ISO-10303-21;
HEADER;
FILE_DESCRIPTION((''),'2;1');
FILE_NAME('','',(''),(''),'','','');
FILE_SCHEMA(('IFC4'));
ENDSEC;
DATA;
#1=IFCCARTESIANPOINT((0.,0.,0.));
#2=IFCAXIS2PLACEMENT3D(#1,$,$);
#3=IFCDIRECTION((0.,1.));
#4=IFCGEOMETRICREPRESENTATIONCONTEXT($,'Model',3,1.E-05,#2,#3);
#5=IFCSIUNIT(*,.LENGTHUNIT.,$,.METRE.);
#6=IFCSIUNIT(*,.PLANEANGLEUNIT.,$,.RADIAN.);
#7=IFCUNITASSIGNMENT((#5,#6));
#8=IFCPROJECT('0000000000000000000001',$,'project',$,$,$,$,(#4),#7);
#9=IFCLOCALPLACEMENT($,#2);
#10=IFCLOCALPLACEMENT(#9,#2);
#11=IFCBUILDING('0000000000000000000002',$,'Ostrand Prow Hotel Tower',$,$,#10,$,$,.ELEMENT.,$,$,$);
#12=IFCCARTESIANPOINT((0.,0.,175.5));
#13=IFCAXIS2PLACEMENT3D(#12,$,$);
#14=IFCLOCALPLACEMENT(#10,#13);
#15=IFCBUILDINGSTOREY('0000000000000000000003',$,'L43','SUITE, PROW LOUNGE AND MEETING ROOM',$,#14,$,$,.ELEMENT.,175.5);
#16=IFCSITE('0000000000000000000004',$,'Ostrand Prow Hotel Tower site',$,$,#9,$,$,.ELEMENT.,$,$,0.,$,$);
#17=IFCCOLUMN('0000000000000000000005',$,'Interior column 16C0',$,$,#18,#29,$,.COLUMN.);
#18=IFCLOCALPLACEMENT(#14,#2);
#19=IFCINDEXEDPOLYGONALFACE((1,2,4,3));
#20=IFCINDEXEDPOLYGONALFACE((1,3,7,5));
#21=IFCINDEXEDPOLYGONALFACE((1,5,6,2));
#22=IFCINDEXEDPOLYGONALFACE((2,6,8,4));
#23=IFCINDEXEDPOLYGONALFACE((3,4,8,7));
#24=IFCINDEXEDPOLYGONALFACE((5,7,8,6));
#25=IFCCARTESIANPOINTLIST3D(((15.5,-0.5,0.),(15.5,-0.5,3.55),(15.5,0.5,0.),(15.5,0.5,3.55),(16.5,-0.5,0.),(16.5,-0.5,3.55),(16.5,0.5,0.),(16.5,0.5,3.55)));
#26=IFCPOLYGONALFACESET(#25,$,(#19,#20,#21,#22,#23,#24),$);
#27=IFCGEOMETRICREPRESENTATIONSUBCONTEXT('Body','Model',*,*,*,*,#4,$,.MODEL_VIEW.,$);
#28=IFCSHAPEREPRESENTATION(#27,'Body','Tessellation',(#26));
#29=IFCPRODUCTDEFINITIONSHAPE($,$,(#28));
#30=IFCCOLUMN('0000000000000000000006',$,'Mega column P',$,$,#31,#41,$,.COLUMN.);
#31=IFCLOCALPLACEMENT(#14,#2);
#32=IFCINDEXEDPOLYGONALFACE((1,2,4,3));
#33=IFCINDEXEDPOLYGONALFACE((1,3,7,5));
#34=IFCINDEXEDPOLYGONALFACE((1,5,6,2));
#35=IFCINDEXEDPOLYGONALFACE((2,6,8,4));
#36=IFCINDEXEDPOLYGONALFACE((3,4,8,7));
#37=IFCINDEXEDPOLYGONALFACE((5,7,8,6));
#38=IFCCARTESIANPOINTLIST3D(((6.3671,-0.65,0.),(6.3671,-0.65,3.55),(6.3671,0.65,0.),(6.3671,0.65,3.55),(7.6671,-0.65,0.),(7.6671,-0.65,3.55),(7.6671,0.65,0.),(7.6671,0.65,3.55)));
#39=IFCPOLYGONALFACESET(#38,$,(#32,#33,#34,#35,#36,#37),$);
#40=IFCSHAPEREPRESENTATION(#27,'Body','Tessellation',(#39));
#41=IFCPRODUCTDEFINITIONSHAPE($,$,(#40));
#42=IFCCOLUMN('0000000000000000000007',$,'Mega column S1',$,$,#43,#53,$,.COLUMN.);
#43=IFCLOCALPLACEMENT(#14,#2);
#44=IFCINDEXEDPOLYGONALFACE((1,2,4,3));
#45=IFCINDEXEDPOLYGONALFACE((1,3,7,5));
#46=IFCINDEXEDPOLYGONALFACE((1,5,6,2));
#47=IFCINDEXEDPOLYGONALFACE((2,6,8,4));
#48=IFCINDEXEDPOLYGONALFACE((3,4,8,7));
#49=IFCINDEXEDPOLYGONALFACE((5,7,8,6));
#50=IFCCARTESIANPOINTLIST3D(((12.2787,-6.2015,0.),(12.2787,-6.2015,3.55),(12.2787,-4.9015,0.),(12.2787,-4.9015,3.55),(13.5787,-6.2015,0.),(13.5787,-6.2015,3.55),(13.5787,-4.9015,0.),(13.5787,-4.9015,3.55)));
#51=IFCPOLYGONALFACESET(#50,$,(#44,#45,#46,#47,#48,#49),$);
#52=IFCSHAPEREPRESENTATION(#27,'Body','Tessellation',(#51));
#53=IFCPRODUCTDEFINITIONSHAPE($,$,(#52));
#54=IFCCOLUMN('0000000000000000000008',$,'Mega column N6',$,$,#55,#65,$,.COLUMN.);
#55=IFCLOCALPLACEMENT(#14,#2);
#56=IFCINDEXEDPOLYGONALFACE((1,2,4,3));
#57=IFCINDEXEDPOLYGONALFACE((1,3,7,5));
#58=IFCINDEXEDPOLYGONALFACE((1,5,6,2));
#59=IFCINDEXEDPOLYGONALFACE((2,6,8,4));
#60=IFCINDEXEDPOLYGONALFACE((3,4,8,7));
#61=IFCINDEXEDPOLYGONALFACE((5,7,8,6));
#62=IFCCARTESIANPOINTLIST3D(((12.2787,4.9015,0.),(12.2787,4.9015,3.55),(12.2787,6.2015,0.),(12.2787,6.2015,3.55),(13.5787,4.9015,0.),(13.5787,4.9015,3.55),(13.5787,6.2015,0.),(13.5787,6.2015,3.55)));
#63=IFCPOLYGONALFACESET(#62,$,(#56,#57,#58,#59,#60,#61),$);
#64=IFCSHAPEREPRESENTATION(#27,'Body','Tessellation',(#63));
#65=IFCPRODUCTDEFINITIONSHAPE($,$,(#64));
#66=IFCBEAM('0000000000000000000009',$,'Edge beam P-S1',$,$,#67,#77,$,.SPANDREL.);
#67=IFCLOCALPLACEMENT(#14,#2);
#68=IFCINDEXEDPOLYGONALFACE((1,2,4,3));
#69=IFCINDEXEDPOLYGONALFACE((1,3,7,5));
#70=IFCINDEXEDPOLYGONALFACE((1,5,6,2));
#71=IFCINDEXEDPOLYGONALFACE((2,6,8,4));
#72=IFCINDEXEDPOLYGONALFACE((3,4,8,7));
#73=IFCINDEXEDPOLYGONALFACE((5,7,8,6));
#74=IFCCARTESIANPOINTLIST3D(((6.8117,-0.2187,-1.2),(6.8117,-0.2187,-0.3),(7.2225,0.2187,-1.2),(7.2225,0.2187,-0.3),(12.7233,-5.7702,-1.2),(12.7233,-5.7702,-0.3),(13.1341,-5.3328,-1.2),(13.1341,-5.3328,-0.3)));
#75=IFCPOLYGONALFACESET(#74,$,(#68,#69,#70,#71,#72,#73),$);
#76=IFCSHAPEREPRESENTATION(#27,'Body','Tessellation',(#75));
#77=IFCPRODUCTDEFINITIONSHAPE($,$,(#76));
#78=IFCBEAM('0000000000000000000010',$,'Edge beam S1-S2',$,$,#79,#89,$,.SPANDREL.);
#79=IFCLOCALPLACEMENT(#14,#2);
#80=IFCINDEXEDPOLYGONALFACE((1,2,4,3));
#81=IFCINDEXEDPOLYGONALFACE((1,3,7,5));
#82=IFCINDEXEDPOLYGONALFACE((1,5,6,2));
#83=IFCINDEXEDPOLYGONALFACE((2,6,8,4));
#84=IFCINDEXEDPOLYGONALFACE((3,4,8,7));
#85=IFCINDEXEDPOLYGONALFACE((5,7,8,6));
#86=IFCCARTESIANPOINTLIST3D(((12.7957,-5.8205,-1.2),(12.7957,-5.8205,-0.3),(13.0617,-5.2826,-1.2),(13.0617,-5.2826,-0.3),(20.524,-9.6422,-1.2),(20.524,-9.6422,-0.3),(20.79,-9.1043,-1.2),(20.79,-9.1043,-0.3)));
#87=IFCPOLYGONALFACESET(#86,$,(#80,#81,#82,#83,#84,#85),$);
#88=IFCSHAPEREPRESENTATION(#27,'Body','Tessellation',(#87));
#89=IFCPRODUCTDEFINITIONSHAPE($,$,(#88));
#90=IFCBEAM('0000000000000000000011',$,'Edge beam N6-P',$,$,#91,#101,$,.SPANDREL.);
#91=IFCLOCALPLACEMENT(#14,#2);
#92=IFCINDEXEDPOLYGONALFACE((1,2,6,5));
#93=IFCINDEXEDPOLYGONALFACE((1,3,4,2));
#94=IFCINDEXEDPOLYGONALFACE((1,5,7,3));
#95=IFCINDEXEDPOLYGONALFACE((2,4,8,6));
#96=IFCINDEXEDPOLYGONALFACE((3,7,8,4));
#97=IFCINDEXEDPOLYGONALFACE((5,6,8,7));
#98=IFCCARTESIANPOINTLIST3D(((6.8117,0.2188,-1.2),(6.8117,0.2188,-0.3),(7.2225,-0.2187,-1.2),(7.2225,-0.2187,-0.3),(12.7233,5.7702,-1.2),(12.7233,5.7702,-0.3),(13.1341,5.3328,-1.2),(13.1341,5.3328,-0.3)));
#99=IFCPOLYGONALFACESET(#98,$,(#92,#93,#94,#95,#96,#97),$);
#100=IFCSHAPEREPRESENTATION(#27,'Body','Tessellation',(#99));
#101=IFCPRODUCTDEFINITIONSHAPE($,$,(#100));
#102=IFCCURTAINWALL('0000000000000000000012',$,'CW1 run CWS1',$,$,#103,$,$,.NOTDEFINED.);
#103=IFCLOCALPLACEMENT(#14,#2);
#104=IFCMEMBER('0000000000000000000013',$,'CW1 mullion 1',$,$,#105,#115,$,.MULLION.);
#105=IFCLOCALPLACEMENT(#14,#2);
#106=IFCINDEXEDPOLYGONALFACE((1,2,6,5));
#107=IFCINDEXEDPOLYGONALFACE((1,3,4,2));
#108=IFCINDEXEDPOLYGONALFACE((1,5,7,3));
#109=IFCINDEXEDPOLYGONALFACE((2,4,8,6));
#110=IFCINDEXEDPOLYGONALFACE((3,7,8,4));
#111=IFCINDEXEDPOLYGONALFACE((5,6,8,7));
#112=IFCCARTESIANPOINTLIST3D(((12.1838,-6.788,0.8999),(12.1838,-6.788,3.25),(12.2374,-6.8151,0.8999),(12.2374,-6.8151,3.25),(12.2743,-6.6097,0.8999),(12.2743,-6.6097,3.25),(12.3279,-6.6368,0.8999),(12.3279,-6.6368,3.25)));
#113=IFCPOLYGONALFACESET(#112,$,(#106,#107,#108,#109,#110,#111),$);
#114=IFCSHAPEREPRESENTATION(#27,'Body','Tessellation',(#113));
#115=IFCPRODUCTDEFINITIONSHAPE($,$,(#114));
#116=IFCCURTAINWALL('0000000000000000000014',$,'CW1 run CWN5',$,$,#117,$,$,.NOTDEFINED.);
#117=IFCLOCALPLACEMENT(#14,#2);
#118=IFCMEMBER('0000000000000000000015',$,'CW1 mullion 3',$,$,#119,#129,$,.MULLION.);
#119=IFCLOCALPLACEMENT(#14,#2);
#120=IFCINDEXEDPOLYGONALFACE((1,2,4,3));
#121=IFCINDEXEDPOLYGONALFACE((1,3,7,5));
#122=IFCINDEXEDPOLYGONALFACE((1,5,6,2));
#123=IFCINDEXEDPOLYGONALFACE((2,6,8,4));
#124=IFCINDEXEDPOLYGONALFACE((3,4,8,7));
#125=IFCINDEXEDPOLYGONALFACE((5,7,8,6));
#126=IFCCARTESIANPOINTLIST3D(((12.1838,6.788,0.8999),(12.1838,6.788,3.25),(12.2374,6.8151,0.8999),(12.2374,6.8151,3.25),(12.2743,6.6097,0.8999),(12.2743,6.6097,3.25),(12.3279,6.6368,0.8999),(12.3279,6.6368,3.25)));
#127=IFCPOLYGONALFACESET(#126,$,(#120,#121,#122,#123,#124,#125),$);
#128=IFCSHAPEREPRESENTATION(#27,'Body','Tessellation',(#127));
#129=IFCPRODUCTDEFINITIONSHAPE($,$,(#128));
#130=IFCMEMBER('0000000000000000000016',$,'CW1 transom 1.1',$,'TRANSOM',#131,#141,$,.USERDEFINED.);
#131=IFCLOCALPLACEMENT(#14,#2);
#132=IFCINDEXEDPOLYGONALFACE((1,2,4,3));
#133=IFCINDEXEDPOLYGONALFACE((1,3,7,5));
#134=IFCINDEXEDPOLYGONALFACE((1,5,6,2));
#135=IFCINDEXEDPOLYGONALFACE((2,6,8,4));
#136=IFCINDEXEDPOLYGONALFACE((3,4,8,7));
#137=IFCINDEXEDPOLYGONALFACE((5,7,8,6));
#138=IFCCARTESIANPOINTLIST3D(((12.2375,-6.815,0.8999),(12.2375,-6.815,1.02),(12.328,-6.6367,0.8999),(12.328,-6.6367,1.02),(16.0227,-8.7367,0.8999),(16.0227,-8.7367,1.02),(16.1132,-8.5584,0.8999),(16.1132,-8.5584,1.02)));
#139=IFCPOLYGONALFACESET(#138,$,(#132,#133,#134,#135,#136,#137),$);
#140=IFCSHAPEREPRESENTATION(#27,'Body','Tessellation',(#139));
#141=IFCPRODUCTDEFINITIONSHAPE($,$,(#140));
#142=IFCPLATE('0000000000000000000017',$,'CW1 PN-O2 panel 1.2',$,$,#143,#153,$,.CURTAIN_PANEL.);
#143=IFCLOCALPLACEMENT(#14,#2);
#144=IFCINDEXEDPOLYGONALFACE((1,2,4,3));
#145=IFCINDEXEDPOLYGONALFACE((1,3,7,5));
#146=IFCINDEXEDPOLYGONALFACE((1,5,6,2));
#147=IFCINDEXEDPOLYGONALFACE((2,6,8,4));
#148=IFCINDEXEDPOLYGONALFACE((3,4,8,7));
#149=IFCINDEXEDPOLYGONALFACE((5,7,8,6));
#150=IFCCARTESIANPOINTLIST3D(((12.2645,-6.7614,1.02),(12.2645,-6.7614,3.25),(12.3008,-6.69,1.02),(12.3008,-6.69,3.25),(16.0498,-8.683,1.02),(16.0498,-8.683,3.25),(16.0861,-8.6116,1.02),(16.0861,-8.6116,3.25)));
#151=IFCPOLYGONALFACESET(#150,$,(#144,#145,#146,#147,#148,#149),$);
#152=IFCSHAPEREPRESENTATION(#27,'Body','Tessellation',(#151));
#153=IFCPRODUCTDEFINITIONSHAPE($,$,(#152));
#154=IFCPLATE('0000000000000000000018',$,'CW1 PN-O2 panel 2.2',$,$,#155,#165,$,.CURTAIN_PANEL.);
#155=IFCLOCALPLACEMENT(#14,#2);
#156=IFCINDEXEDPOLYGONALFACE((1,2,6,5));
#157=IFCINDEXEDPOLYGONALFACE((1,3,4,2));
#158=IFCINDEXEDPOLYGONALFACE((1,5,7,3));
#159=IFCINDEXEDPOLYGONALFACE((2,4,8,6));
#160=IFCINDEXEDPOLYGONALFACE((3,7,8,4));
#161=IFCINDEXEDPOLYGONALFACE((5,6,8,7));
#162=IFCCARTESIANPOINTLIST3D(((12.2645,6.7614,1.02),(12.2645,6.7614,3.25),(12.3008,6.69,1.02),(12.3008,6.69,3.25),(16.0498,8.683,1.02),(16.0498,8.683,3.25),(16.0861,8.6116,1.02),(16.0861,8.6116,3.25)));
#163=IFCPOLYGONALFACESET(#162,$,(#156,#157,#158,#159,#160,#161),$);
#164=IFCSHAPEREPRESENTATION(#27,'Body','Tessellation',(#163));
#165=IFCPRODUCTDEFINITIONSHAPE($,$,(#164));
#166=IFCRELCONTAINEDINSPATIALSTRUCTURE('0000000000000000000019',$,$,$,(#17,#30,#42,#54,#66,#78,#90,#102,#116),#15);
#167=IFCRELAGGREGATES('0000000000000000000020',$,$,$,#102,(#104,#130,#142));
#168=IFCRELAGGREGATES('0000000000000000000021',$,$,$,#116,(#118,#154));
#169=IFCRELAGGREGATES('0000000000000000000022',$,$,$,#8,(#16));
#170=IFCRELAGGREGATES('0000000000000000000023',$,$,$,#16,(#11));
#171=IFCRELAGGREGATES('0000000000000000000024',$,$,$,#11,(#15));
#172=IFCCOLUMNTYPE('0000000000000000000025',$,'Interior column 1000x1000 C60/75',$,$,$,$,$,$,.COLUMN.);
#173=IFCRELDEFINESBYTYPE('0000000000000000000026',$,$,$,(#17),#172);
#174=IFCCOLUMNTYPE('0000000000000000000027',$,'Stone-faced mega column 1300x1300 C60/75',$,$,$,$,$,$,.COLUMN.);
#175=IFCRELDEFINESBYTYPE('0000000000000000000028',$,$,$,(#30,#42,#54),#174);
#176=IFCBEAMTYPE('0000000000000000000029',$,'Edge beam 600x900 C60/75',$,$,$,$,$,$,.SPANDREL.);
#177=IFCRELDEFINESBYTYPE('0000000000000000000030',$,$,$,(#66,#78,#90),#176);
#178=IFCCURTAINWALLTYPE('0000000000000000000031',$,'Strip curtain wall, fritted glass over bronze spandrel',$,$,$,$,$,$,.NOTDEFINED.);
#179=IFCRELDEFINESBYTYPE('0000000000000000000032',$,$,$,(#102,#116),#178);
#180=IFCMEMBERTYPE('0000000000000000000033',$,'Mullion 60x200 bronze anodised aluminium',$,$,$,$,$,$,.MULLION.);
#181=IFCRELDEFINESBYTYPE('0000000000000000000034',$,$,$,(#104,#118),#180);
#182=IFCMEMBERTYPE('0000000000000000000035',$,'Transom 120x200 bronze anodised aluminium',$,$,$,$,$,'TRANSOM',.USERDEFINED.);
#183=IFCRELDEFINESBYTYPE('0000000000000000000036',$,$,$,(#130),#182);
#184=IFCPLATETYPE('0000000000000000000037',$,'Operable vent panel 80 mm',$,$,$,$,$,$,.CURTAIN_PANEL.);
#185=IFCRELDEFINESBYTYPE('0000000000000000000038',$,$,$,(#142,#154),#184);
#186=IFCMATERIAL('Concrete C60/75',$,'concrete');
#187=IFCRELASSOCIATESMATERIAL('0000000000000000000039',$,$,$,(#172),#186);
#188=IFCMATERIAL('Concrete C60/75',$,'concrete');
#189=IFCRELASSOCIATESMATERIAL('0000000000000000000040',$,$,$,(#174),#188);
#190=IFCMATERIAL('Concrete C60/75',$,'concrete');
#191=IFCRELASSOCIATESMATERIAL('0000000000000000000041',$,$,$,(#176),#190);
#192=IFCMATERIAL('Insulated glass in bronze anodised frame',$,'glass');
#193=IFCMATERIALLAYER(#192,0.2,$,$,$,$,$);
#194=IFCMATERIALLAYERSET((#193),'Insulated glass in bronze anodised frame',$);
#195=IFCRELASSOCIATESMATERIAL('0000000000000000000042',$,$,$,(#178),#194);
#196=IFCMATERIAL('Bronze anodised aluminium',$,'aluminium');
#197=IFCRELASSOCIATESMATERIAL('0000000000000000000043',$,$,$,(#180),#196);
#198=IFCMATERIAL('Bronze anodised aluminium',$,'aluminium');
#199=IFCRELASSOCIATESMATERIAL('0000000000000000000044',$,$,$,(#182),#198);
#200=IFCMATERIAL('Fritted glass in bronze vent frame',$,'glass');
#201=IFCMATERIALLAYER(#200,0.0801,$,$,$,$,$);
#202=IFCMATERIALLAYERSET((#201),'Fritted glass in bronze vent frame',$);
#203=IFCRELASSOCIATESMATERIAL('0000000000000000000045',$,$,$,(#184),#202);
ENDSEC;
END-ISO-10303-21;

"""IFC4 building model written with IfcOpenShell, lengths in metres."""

from ifc_helpers import new_model, si_unit, direction, frame, origin, origin_2d, place, context, subcontext, project, spatial, rectangle, extrude, material, layer, layer_set, material_profile, profile_set, type_object, element, aggregate, save


model = new_model("IFC4")

# Units and contexts
model_context = context("Model", 3, precision=1e-05, world=origin(), true_north=direction((0.0, 1.0)))
body_context = subcontext(model_context, "Body", "Model", "MODEL_VIEW")
ifc_project = project(units=[si_unit("LENGTHUNIT", "METRE"), si_unit("PLANEANGLEUNIT", "RADIAN")], contexts=[model_context])

# Site, building, storey
site_placement = place(None, origin())
site = spatial("IfcSite", under=ifc_project, at=site_placement, Name="Ostrand Prow Hotel Tower site", CompositionType="ELEMENT", RefElevation=0.0)
building_placement = place(site_placement, origin())
building = spatial("IfcBuilding", under=site, at=building_placement, Name="Ostrand Prow Hotel Tower", CompositionType="ELEMENT")
storey_placement = place(building_placement, frame((0.0, 0.0, 175.5)))
storey = spatial("IfcBuildingStorey", under=building, at=storey_placement, Name="L43", Description="SUITE, PROW LOUNGE AND MEETING ROOM", CompositionType="ELEMENT", Elevation=175.5)

# Columns
ifc_material_1 = material(Name="Concrete C60/75", Category="concrete")
ifc_material_profile_1 = material_profile(ifc_material_1, rectangle(XDim=1.0, YDim=1.0, at=origin_2d()), Name="RC 1000x1000")
ifc_profile_set_1 = profile_set([ifc_material_profile_1], Name="Concrete C60/75")
column_type_1 = type_object("IfcColumnType", Name="Interior column 1000x1000 C60/75", PredefinedType="COLUMN", material=ifc_profile_set_1)
column_placement = place(storey_placement, frame((16.0, 0.0, 0.0), z_axis=(0.0, 0.0, 1.0), x_axis=(1.0, 0.0, 0.0)))
element("IfcColumn", 1, at=column_placement, inside=storey, type_object=column_type_1, Name="Interior column 16C0", PredefinedType="COLUMN", context=body_context, shape_type="SweptSolid", body=[
    extrude(rectangle(XDim=1.0, YDim=1.0, at=origin_2d()), origin(), (0.0, 0.0, 1.0), 3.55),
])
ifc_material_2 = material(Name="Concrete C60/75", Category="concrete")
ifc_material_profile_2 = material_profile(ifc_material_2, rectangle(XDim=1.3, YDim=1.3, at=origin_2d()), Name="RC 1300x1300")
ifc_profile_set_2 = profile_set([ifc_material_profile_2], Name="Concrete C60/75")
column_type_2 = type_object("IfcColumnType", Name="Stone-faced mega column 1300x1300 C60/75", PredefinedType="COLUMN", material=ifc_profile_set_2)
for number, where, z_axis, x_axis, name in (
    (2, (7.0171, 0.0, 0.0), (0.0, 0.0, 1.0), (1.0, 0.0, 0.0), "Mega column P"),
    (3, (12.9287, -5.5515, 0.0), (0.0, 0.0, 1.0), (1.0, 0.0, 0.0), "Mega column S1"),
    (4, (12.9287, 5.5515, 0.0), (0.0, 0.0, 1.0), (1.0, 0.0, 0.0), "Mega column N6"),
):
    element("IfcColumn", number, at=place(storey_placement, frame(where, z_axis=z_axis, x_axis=x_axis)), inside=storey, type_object=column_type_2, Name=name, PredefinedType="COLUMN", context=body_context, shape_type="SweptSolid", body=[
        extrude(rectangle(XDim=1.3, YDim=1.3, at=origin_2d()), origin(), (0.0, 0.0, 1.0), 3.55),
    ])

# Beams
ifc_material_3 = material(Name="Concrete C60/75", Category="concrete")
ifc_material_profile_3 = material_profile(ifc_material_3, rectangle(XDim=0.6001, YDim=0.8999, at=origin_2d()), Name="RC 600x900")
ifc_profile_set_3 = profile_set([ifc_material_profile_3], Name="Concrete C60/75")
beam_type = type_object("IfcBeamType", Name="Edge beam 600x900 C60/75", PredefinedType="SPANDREL", material=ifc_profile_set_3)
beam_1_placement = place(storey_placement, frame((7.0171, 0.0, -0.75), z_axis=(0.728961, -0.684556, 0.0), x_axis=(0.684556, 0.728961, 0.0)))
element("IfcBeam", 5, at=beam_1_placement, inside=storey, type_object=beam_type, Name="Edge beam P-S1", PredefinedType="SPANDREL", context=body_context, shape_type="SweptSolid", body=[
    extrude(rectangle(XDim=0.6001, YDim=0.8999, at=origin_2d()), origin(), (0.0, 0.0, 1.0), 8.1096),
])
beam_2_placement = place(storey_placement, frame((12.9287, -5.5515, -0.75), z_axis=(0.896384, -0.443279, 0.0), x_axis=(0.443279, 0.896384, 0.0)))
element("IfcBeam", 6, at=beam_2_placement, inside=storey, type_object=beam_type, Name="Edge beam S1-S2", PredefinedType="SPANDREL", context=body_context, shape_type="SweptSolid", body=[
    extrude(rectangle(XDim=0.6001, YDim=0.8999, at=origin_2d()), origin(), (0.0, 0.0, 1.0), 8.6216),
])
beam_3_placement = place(storey_placement, frame((12.9287, 5.5515, -0.75), z_axis=(-0.728961, -0.684556, 0.0), x_axis=(0.684556, -0.728961, 0.0)))
element("IfcBeam", 7, at=beam_3_placement, inside=storey, type_object=beam_type, Name="Edge beam N6-P", PredefinedType="SPANDREL", context=body_context, shape_type="SweptSolid", body=[
    extrude(rectangle(XDim=0.6001, YDim=0.8999, at=origin_2d()), origin(), (0.0, 0.0, 1.0), 8.1096),
])

# Curtain walls, members
ifc_material_4 = material(Name="Insulated glass in bronze anodised frame", Category="glass")
ifc_layer_1 = layer(ifc_material_4, 0.2)
ifc_layer_set_1 = layer_set([ifc_layer_1], Name="Insulated glass in bronze anodised frame")
curtain_wall_type = type_object("IfcCurtainWallType", Name="Strip curtain wall, fritted glass over bronze spandrel", PredefinedType="NOTDEFINED", material=ifc_layer_set_1)
curtain_wall_1_placement = place(storey_placement, origin())
curtain_wall_1 = element("IfcCurtainWall", 8, at=curtain_wall_1_placement, inside=storey, type_object=curtain_wall_type, Name="CW1 run CWS1", PredefinedType="NOTDEFINED")
ifc_material_5 = material(Name="Bronze anodised aluminium", Category="aluminium")
ifc_material_profile_4 = material_profile(ifc_material_5, rectangle(XDim=0.2, YDim=0.0601, at=origin_2d()), Name="Mullion 60x200 bronze anodised aluminium")
ifc_profile_set_4 = profile_set([ifc_material_profile_4], Name="Bronze anodised aluminium")
member_type_1 = type_object("IfcMemberType", Name="Mullion 60x200 bronze anodised aluminium", PredefinedType="MULLION", material=ifc_profile_set_4)
member_1_placement = place(storey_placement, frame((12.2559, -6.7124, 0.8999), z_axis=(0.0, 0.0, 1.0), x_axis=(0.452659, 0.891684, 0.0)))
member_1 = element("IfcMember", 9, at=member_1_placement, type_object=member_type_1, Name="CW1 mullion 1", PredefinedType="MULLION", context=body_context, shape_type="SweptSolid", body=[
    extrude(rectangle(XDim=0.2, YDim=0.0601, at=origin_2d()), origin(), (0.0, 0.0, 1.0), 2.3501),
])
curtain_wall_2_placement = place(storey_placement, origin())
curtain_wall_2 = element("IfcCurtainWall", 10, at=curtain_wall_2_placement, inside=storey, type_object=curtain_wall_type, Name="CW1 run CWN5", PredefinedType="NOTDEFINED")
member_2_placement = place(storey_placement, frame((12.2559, 6.7124, 0.8999), z_axis=(0.0, 0.0, 1.0), x_axis=(0.452659, -0.891684, 0.0)))
member_2 = element("IfcMember", 11, at=member_2_placement, type_object=member_type_1, Name="CW1 mullion 3", PredefinedType="MULLION", context=body_context, shape_type="SweptSolid", body=[
    extrude(rectangle(XDim=0.2, YDim=0.0601, at=origin_2d()), origin(), (0.0, 0.0, 1.0), 2.3501),
])

# Member
ifc_material_6 = material(Name="Bronze anodised aluminium", Category="aluminium")
ifc_material_profile_5 = material_profile(ifc_material_6, rectangle(XDim=0.2, YDim=0.1201, at=origin_2d()), Name="Transom 120x200 bronze anodised aluminium")
ifc_profile_set_5 = profile_set([ifc_material_profile_5], Name="Bronze anodised aluminium")
member_type_2 = type_object("IfcMemberType", Name="Transom 120x200 bronze anodised aluminium", ElementType="TRANSOM", PredefinedType="USERDEFINED", material=ifc_profile_set_5)
member_3_placement = place(storey_placement, frame((12.2827, -6.7258, 0.96), z_axis=(0.891673, -0.45268, 0.0), x_axis=(0.45268, 0.891673, 0.0)))
member_3 = element("IfcMember", 12, at=member_3_placement, type_object=member_type_2, Name="CW1 transom 1.1", ObjectType="TRANSOM", PredefinedType="USERDEFINED", context=body_context, shape_type="SweptSolid", body=[
    extrude(rectangle(XDim=0.2, YDim=0.1201, at=origin_2d()), origin(), (0.0, 0.0, 1.0), 4.2451),
])

# Plates
ifc_material_7 = material(Name="Fritted glass in bronze vent frame", Category="glass")
ifc_layer_2 = layer(ifc_material_7, 0.0801)
ifc_layer_set_2 = layer_set([ifc_layer_2], Name="Fritted glass in bronze vent frame")
plate_type = type_object("IfcPlateType", Name="Operable vent panel 80 mm", PredefinedType="CURTAIN_PANEL", material=ifc_layer_set_2)
plate_1_placement = place(storey_placement, frame((14.1753, -7.6865, 1.02), z_axis=(0.0, 0.0, 1.0), x_axis=(0.891684, -0.452659, 0.0)))
plate_1 = element("IfcPlate", 13, at=plate_1_placement, type_object=plate_type, Name="CW1 PN-O2 panel 1.2", PredefinedType="CURTAIN_PANEL", context=body_context, shape_type="SweptSolid", body=[
    extrude(rectangle(XDim=4.2451, YDim=0.0801, at=origin_2d()), origin(), (0.0, 0.0, 1.0), 2.23),
])
aggregate(curtain_wall_1, [member_1, member_3, plate_1])
plate_2_placement = place(storey_placement, frame((14.1753, 7.6865, 1.02), z_axis=(0.0, 0.0, 1.0), x_axis=(-0.891684, -0.452659, 0.0)))
plate_2 = element("IfcPlate", 14, at=plate_2_placement, type_object=plate_type, Name="CW1 PN-O2 panel 2.2", PredefinedType="CURTAIN_PANEL", context=body_context, shape_type="SweptSolid", body=[
    extrude(rectangle(XDim=4.2451, YDim=0.0801, at=origin_2d()), origin(), (0.0, 0.0, 1.0), 2.23),
])
aggregate(curtain_wall_2, [member_2, plate_2])

save(model, "model.ifc")
